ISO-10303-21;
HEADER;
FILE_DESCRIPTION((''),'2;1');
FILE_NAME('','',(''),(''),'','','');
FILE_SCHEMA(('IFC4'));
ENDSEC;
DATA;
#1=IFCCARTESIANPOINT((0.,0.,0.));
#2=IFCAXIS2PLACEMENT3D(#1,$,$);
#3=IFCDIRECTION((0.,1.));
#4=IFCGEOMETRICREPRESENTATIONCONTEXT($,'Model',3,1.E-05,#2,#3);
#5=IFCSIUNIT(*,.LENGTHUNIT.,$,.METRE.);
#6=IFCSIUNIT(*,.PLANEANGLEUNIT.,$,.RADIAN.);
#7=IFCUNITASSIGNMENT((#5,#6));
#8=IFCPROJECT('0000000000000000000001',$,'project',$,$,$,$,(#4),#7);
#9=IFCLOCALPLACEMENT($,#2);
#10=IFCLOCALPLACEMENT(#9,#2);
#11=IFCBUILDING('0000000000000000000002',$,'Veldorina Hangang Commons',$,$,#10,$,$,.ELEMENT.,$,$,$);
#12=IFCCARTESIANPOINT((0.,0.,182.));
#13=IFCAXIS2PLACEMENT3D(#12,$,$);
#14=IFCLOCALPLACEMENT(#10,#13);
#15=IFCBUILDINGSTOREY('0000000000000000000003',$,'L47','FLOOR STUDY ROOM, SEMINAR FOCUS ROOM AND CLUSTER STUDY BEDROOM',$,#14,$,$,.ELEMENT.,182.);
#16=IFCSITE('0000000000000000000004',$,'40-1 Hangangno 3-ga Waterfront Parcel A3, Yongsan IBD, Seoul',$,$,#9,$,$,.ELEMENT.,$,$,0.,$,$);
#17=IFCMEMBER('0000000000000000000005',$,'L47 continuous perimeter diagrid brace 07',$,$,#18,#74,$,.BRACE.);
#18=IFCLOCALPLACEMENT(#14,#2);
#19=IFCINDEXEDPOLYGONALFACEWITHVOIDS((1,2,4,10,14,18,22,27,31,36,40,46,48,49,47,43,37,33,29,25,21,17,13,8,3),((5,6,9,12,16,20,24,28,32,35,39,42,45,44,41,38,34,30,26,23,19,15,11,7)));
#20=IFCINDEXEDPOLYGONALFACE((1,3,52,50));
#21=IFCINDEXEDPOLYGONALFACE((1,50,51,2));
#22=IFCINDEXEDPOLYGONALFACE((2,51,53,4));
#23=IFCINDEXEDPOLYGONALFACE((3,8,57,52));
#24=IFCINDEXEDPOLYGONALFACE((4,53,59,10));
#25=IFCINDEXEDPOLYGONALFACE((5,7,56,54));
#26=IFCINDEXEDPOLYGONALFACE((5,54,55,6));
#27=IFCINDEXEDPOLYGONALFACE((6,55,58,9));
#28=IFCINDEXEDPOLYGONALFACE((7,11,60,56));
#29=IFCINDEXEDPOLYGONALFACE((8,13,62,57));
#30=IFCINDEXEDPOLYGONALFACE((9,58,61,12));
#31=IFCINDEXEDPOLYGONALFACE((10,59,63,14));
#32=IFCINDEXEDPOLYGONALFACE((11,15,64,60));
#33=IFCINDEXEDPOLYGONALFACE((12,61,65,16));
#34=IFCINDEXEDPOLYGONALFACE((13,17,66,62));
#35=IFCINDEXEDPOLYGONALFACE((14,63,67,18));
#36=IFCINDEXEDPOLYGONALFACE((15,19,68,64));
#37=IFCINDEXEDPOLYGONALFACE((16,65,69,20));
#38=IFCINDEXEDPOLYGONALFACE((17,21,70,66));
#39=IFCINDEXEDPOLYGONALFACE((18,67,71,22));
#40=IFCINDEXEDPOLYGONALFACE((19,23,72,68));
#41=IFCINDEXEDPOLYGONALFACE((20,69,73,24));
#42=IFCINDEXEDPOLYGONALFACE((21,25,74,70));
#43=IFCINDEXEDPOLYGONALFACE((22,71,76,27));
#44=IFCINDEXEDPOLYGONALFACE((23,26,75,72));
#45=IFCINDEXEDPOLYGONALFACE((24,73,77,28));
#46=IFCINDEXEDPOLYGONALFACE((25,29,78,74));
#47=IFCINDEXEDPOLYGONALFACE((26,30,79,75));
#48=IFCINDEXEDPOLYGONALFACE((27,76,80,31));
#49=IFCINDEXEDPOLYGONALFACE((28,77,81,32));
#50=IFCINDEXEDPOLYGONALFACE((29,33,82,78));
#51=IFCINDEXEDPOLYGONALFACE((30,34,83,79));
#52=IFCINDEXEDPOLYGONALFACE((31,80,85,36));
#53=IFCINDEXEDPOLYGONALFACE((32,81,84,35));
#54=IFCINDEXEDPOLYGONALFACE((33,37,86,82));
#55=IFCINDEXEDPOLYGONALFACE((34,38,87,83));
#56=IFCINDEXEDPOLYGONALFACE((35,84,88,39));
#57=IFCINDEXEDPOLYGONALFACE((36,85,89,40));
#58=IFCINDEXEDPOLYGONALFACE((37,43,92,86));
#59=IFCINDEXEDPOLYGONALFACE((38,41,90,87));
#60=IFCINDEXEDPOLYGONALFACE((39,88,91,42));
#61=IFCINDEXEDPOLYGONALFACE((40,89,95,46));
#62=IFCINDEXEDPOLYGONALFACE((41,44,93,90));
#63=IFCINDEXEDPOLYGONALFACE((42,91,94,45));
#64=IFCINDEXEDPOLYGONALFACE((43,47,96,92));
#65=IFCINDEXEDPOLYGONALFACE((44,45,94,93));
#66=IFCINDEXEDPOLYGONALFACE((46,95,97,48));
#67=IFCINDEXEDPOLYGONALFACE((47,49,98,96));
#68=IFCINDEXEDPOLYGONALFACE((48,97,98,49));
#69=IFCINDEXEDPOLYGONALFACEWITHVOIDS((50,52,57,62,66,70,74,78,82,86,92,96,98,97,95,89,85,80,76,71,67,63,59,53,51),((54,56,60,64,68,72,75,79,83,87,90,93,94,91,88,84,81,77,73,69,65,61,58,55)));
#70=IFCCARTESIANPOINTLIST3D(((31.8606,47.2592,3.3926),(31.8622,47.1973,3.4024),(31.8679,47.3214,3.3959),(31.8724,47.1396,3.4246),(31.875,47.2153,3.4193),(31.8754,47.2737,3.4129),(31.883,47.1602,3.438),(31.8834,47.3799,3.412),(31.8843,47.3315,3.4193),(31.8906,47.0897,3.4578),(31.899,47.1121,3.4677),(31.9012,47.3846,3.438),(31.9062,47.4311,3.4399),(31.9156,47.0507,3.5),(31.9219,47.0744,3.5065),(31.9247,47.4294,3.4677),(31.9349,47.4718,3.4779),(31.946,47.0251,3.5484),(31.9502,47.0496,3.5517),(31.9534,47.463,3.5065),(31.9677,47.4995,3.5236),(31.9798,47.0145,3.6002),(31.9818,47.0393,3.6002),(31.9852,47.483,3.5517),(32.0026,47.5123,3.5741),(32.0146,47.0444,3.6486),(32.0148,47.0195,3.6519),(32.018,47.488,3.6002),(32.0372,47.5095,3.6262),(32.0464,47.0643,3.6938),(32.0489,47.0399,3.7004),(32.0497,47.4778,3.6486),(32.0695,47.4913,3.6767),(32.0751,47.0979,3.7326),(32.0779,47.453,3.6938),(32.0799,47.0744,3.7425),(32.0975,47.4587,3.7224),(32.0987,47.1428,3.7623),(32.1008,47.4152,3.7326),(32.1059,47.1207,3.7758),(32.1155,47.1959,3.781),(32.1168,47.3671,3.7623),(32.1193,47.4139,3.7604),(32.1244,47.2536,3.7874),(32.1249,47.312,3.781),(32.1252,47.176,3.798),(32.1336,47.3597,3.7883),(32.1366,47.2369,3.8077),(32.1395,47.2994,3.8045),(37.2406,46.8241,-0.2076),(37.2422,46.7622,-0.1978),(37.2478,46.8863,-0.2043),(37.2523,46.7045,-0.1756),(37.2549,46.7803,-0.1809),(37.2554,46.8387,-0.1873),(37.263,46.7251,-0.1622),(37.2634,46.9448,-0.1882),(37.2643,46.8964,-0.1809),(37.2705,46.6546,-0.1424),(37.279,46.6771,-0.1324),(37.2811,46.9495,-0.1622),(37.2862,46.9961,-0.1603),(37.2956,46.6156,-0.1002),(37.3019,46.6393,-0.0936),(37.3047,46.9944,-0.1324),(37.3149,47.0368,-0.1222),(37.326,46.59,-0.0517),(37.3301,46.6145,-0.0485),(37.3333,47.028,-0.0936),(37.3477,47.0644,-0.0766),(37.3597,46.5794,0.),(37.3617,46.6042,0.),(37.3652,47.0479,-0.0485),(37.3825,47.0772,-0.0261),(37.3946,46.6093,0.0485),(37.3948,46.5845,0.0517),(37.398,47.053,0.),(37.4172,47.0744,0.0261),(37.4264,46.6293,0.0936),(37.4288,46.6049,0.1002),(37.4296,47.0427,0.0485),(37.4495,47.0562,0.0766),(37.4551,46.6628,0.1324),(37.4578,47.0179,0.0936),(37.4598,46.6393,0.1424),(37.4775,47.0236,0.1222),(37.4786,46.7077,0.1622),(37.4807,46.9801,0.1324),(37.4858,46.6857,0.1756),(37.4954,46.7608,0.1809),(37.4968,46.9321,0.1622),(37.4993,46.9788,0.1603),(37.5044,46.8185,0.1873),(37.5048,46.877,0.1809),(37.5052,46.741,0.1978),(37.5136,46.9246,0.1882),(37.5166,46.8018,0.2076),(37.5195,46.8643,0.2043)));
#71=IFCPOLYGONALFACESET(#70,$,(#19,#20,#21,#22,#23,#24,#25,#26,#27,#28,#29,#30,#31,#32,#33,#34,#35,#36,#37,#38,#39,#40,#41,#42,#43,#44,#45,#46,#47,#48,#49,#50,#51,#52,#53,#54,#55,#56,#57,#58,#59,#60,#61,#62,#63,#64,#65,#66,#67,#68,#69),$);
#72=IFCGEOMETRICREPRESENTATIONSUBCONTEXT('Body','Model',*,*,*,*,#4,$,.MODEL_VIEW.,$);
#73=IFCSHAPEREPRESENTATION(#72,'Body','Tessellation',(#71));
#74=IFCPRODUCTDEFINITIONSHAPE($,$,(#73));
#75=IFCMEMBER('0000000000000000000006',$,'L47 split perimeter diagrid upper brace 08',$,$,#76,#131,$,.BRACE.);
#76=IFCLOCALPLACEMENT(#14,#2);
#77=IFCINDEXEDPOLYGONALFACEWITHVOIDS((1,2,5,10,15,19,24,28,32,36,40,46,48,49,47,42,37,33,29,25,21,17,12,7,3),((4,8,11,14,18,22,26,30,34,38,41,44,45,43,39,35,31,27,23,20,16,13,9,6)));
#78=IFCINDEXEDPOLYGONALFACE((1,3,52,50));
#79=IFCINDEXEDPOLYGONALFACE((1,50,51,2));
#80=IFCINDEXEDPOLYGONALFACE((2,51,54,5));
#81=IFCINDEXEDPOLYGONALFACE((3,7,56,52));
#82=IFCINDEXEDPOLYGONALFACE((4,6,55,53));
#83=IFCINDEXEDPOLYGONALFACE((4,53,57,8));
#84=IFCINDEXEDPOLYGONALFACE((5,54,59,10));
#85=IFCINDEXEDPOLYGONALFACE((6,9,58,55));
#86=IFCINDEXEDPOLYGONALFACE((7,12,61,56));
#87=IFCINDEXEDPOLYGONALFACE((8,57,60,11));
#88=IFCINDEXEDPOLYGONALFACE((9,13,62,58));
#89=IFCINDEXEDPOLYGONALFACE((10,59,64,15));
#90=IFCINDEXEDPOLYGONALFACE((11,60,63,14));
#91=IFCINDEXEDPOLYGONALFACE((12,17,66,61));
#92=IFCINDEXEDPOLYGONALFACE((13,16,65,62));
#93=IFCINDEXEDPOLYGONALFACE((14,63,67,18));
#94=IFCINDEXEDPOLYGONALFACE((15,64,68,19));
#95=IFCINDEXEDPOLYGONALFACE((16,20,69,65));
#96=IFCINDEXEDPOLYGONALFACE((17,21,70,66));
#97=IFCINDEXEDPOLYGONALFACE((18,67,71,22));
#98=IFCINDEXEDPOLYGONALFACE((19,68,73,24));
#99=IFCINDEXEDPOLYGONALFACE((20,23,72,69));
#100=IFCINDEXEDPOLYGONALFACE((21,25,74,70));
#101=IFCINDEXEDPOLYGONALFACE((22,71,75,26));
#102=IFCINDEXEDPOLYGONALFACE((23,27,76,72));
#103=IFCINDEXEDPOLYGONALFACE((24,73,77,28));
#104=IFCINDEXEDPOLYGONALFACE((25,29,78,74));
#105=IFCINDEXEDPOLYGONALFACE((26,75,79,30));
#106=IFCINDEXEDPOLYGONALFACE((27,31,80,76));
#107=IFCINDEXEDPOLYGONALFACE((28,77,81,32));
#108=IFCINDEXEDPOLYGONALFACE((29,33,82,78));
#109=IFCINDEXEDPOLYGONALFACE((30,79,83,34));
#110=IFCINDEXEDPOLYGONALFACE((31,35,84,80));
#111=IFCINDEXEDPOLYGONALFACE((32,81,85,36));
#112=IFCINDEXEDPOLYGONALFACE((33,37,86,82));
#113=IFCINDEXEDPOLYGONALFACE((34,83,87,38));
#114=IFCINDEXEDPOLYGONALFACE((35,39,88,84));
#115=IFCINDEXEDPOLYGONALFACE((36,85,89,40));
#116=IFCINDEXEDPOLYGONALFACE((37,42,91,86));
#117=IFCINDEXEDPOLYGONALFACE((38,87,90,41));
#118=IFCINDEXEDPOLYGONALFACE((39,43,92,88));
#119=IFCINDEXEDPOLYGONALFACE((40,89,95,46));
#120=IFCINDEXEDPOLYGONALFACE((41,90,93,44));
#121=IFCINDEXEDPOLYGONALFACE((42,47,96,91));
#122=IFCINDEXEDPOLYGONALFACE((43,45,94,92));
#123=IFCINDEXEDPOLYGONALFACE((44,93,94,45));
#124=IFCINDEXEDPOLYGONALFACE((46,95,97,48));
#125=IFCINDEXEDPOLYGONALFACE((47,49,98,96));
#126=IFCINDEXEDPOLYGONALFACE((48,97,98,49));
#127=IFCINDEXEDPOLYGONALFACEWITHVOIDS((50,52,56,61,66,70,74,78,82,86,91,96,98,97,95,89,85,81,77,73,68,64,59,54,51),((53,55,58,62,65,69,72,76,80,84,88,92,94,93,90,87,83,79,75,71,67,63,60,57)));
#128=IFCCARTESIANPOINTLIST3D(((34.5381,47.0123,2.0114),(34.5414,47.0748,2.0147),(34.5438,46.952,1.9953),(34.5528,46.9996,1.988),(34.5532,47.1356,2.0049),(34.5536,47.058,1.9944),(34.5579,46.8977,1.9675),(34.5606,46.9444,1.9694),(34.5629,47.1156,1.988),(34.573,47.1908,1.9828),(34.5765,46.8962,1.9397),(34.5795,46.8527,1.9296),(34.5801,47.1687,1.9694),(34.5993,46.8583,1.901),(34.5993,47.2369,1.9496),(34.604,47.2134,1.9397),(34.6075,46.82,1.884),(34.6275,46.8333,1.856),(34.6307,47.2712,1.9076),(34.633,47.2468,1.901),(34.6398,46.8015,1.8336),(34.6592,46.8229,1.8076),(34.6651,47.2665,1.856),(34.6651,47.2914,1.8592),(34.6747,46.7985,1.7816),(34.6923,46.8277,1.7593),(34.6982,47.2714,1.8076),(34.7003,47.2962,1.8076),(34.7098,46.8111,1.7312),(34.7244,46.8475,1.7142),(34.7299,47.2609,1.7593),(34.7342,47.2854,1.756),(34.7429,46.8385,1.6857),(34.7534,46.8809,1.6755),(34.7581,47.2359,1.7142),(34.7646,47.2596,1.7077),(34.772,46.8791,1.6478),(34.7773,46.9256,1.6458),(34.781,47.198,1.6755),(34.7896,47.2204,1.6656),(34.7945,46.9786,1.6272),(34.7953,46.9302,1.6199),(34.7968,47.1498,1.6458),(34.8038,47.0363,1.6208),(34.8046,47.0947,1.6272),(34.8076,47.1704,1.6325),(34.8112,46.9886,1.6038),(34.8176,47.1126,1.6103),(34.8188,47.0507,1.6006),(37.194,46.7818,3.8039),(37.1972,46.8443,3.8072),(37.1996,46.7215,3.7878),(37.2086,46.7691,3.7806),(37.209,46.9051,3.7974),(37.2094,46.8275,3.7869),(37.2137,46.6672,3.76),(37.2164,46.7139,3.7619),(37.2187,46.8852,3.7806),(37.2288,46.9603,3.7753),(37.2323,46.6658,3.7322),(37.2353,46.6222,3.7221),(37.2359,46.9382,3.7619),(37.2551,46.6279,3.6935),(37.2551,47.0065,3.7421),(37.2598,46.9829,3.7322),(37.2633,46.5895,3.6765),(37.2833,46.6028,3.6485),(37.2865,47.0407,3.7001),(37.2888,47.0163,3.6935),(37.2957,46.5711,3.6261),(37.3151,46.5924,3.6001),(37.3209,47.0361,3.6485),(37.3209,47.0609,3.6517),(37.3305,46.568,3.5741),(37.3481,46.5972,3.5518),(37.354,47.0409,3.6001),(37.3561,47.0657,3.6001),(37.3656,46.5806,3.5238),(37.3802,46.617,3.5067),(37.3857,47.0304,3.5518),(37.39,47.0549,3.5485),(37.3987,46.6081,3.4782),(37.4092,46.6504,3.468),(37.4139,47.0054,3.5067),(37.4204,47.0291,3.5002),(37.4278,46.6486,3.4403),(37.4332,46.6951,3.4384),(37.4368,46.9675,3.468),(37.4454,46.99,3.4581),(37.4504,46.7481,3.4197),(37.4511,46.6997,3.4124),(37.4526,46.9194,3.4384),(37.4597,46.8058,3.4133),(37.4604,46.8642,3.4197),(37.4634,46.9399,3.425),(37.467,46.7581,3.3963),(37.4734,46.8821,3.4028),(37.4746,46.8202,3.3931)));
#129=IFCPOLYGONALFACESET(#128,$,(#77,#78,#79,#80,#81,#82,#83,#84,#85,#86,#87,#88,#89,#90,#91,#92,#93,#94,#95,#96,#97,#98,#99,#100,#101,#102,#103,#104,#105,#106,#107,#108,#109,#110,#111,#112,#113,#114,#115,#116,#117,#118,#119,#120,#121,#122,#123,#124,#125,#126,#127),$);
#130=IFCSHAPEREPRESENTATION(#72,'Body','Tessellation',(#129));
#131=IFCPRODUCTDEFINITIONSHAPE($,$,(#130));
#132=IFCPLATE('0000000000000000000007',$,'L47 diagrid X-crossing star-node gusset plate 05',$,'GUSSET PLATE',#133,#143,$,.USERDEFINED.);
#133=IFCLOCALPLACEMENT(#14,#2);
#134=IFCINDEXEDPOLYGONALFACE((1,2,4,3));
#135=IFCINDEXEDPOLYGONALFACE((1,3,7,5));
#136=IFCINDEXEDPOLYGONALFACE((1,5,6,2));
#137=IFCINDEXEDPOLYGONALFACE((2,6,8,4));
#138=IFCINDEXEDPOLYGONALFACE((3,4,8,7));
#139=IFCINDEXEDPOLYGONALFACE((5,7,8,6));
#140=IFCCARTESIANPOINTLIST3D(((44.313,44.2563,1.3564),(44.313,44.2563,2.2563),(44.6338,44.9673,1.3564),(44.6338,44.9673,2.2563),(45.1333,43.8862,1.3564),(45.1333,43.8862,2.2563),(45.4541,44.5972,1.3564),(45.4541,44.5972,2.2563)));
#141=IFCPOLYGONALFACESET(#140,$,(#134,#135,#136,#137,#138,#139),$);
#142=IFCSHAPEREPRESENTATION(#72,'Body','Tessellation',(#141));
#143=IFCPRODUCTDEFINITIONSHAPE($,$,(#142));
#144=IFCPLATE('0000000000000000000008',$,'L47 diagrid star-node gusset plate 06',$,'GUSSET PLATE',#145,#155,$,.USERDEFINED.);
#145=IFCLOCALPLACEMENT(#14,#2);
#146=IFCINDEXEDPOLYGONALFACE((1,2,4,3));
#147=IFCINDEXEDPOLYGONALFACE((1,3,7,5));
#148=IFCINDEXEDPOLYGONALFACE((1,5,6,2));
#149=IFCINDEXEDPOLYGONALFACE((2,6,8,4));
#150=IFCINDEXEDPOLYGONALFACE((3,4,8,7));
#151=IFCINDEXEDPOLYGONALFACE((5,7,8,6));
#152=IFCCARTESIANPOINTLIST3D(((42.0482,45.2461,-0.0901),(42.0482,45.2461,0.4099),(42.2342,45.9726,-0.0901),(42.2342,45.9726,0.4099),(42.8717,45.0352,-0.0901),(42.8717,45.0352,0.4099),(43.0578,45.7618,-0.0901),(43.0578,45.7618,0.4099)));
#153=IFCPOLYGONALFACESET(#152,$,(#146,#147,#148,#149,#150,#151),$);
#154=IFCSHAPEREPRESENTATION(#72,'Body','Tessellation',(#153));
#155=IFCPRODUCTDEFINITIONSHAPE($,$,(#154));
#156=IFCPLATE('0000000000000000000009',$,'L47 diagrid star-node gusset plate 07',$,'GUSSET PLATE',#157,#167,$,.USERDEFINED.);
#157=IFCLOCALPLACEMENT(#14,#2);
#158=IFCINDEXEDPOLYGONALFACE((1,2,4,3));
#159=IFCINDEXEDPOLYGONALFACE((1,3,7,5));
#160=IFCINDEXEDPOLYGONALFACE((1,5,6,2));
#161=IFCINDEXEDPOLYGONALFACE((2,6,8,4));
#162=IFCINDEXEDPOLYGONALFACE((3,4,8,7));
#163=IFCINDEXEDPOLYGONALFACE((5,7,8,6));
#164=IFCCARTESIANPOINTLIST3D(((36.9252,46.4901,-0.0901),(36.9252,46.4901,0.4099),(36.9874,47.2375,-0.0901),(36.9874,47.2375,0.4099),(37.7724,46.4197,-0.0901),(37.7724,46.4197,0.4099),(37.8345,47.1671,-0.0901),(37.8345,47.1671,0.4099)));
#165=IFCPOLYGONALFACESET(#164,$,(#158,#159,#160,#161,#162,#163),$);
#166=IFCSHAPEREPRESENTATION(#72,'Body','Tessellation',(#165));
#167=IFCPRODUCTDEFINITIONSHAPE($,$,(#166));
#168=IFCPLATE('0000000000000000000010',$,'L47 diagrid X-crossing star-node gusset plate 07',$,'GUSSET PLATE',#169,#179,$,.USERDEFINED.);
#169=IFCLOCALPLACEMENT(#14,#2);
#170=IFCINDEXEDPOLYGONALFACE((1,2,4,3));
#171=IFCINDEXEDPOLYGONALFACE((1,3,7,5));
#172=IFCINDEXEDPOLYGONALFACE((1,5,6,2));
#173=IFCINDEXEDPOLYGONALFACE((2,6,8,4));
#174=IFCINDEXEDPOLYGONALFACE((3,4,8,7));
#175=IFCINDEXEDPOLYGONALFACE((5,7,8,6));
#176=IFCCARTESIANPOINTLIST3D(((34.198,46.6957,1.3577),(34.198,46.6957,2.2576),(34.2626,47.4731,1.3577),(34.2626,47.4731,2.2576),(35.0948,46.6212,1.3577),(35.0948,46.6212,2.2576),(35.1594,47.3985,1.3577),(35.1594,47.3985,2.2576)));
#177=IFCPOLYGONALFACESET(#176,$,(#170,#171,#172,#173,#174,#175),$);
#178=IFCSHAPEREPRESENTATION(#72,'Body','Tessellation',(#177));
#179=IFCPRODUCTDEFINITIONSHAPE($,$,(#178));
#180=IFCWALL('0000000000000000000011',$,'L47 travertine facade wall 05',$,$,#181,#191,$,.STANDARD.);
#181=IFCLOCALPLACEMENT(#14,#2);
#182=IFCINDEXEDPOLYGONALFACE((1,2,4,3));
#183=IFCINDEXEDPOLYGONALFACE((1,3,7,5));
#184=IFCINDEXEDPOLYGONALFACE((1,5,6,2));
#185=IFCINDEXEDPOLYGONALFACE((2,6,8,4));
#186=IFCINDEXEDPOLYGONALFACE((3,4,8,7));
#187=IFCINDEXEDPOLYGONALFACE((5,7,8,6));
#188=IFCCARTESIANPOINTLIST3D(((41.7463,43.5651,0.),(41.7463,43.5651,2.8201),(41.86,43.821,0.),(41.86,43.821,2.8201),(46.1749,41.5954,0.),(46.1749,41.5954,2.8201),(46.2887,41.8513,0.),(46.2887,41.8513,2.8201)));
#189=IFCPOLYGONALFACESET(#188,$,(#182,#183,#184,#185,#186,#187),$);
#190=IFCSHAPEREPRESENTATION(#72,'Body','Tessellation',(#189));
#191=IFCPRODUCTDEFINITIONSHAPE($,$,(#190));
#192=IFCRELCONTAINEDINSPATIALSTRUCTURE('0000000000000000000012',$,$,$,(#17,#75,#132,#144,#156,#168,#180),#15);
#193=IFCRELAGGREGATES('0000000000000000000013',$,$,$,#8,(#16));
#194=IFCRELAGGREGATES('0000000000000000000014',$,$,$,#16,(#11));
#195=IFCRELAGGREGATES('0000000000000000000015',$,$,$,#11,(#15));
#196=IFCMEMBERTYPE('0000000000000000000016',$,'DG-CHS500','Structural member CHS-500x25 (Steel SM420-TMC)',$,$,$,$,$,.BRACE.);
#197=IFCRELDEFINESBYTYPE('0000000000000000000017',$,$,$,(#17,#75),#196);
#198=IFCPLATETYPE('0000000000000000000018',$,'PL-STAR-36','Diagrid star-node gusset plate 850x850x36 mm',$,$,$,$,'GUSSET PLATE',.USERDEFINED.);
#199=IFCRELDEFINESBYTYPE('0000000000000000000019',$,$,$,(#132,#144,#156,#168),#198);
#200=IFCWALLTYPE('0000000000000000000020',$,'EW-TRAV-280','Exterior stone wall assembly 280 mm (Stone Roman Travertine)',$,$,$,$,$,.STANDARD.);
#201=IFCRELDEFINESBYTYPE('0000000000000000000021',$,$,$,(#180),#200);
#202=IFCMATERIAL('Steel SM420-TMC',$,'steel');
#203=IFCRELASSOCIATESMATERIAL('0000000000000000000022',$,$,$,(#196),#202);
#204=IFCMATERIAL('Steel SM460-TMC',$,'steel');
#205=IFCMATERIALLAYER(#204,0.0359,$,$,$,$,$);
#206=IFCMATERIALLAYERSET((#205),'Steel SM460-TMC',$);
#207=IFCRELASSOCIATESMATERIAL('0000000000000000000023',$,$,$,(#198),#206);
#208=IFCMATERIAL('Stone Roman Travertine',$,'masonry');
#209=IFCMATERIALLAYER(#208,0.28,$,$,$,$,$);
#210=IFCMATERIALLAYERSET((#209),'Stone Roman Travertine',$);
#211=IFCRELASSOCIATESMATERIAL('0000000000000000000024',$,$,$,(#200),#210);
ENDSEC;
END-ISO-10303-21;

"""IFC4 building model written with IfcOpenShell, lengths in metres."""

from ifc_helpers import new_model, si_unit, direction, frame, frame_2d, origin, origin_2d, place, context, subcontext, project, spatial, rectangle, hollow_circle, extrude, material, layer, layer_set, material_profile, profile_set, type_object, element, save


model = new_model("IFC4")

# Units and contexts
model_context = context("Model", 3, precision=1e-05, world=origin(), true_north=direction((0.0, 1.0)))
body_context = subcontext(model_context, "Body", "Model", "MODEL_VIEW")
ifc_project = project(units=[si_unit("LENGTHUNIT", "METRE"), si_unit("PLANEANGLEUNIT", "RADIAN")], contexts=[model_context])

# Site, building, storey
site_placement = place(None, origin())
site = spatial("IfcSite", under=ifc_project, at=site_placement, Name="40-1 Hangangno 3-ga Waterfront Parcel A3, Yongsan IBD, Seoul", CompositionType="ELEMENT", RefElevation=0.0)
building_placement = place(site_placement, origin())
building = spatial("IfcBuilding", under=site, at=building_placement, Name="Veldorina Hangang Commons", CompositionType="ELEMENT")
storey_placement = place(building_placement, frame((0.0, 0.0, 182.0)))
storey = spatial("IfcBuildingStorey", under=building, at=storey_placement, Name="L47", Description="FLOOR STUDY ROOM, SEMINAR FOCUS ROOM AND CLUSTER STUDY BEDROOM", CompositionType="ELEMENT", Elevation=182.0)

# Shared definitions
ifc_material_1 = material(Name="Steel SM420-TMC", Category="steel")

# Members
ifc_material_profile_1 = material_profile(ifc_material_1, hollow_circle(Radius=0.25, WallThickness=0.0249, at=origin_2d()), Name="CHS-500x25")
ifc_profile_set_1 = profile_set([ifc_material_profile_1], Name="Steel SM420-TMC")
member_type = type_object("IfcMemberType", Name="DG-CHS500", Description="Structural member CHS-500x25 (Steel SM420-TMC)", PredefinedType="BRACE", material=ifc_profile_set_1)
member_1_placement = place(storey_placement, frame((37.3799, 46.8286, 0.0), z_axis=(-0.829215, 0.067057, 0.554892), x_axis=(-0.080605, -0.996746, 0.0)))
element("IfcMember", 1, at=member_1_placement, inside=storey, type_object=member_type, Name="L47 continuous perimeter diagrid brace 07", PredefinedType="BRACE", context=body_context, shape_type="SweptSolid", body=[
    extrude(hollow_circle(Radius=0.25, WallThickness=0.0249, at=origin_2d()), origin(), (0.0, 0.0, 1.0), 6.488),
])
member_2_placement = place(storey_placement, frame((34.6787, 47.0471, 1.8076), z_axis=(0.826736, -0.071745, 0.557997), x_axis=(0.086456, 0.996256, 0.0)))
element("IfcMember", 2, at=member_2_placement, inside=storey, type_object=member_type, Name="L47 split perimeter diagrid upper brace 08", PredefinedType="BRACE", context=body_context, shape_type="SweptSolid", body=[
    extrude(hollow_circle(Radius=0.25, WallThickness=0.0249, at=origin_2d()), origin(), (0.0, 0.0, 1.0), 3.2124),
])

# Plates
ifc_material_2 = material(Name="Steel SM460-TMC", Category="steel")
ifc_layer_1 = layer(ifc_material_2, 0.0359)
ifc_layer_set_1 = layer_set([ifc_layer_1], Name="Steel SM460-TMC")
plate_type = type_object("IfcPlateType", Name="PL-STAR-36", Description="Diagrid star-node gusset plate 850x850x36 mm", ElementType="GUSSET PLATE", PredefinedType="USERDEFINED", material=ifc_layer_set_1)
plate_1_placement = place(storey_placement, frame((44.8835, 44.4268, 1.3564), z_axis=(0.0, 0.0, 1.0), x_axis=(-0.911525, 0.411244, 0.0)))
element("IfcPlate", 3, at=plate_1_placement, inside=storey, type_object=plate_type, Name="L47 diagrid X-crossing star-node gusset plate 05", ObjectType="GUSSET PLATE", PredefinedType="USERDEFINED", context=body_context, shape_type="SweptSolid", body=[
    extrude(rectangle(XDim=0.8999, YDim=0.78, at=origin_2d()), origin(), (0.0, 0.0, 1.0), 0.8999),
])
for number, where, z_axis, x_axis, name in (
    (4, (42.553, 45.5039, -0.0901), (0.0, 0.0, 1.0), (-0.968748, 0.248047, 0.0), "L47 diagrid star-node gusset plate 06"),
    (5, (37.3799, 46.8286, -0.0901), (0.0, 0.0, 1.0), (-0.996563, 0.082843, 0.0), "L47 diagrid star-node gusset plate 07"),
):
    element("IfcPlate", number, at=place(storey_placement, frame(where, z_axis=z_axis, x_axis=x_axis)), inside=storey, type_object=plate_type, Name=name, ObjectType="GUSSET PLATE", PredefinedType="USERDEFINED", context=body_context, shape_type="SweptSolid", body=[
        extrude(rectangle(XDim=0.8501, YDim=0.75, at=origin_2d()), origin(), (0.0, 0.0, 1.0), 0.5),
    ])
plate_2_placement = place(storey_placement, frame((34.6787, 47.0471, 1.3577), z_axis=(0.0, 0.0, 1.0), x_axis=(-0.996563, 0.082843, 0.0)))
element("IfcPlate", 6, at=plate_2_placement, inside=storey, type_object=plate_type, Name="L47 diagrid X-crossing star-node gusset plate 07", ObjectType="GUSSET PLATE", PredefinedType="USERDEFINED", context=body_context, shape_type="SweptSolid", body=[
    extrude(rectangle(XDim=0.8999, YDim=0.78, at=origin_2d()), origin(), (0.0, 0.0, 1.0), 0.8999),
])

# Wall
ifc_material_3 = material(Name="Stone Roman Travertine", Category="masonry")
ifc_layer_2 = layer(ifc_material_3, 0.28)
ifc_layer_set_2 = layer_set([ifc_layer_2], Name="Stone Roman Travertine")
wall_type_1 = type_object("IfcWallType", Name="EW-TRAV-280", Description="Exterior stone wall assembly 280 mm (Stone Roman Travertine)", PredefinedType="STANDARD", material=ifc_layer_set_2)
wall_1_placement = place(storey_placement, frame((46.2317, 41.7234, 0.0), z_axis=(0.0, 0.0, 1.0), x_axis=(-0.913704, 0.406381, 0.0)))
element("IfcWall", 7, at=wall_1_placement, inside=storey, type_object=wall_type_1, Name="L47 travertine facade wall 05", PredefinedType="STANDARD", context=body_context, shape_type="SweptSolid", body=[
    extrude(rectangle(XDim=4.8469, YDim=0.28, at=frame_2d((2.4233, 0.0))), origin(), (0.0, 0.0, 1.0), 2.8201),
])

save(model, "model.ifc")
